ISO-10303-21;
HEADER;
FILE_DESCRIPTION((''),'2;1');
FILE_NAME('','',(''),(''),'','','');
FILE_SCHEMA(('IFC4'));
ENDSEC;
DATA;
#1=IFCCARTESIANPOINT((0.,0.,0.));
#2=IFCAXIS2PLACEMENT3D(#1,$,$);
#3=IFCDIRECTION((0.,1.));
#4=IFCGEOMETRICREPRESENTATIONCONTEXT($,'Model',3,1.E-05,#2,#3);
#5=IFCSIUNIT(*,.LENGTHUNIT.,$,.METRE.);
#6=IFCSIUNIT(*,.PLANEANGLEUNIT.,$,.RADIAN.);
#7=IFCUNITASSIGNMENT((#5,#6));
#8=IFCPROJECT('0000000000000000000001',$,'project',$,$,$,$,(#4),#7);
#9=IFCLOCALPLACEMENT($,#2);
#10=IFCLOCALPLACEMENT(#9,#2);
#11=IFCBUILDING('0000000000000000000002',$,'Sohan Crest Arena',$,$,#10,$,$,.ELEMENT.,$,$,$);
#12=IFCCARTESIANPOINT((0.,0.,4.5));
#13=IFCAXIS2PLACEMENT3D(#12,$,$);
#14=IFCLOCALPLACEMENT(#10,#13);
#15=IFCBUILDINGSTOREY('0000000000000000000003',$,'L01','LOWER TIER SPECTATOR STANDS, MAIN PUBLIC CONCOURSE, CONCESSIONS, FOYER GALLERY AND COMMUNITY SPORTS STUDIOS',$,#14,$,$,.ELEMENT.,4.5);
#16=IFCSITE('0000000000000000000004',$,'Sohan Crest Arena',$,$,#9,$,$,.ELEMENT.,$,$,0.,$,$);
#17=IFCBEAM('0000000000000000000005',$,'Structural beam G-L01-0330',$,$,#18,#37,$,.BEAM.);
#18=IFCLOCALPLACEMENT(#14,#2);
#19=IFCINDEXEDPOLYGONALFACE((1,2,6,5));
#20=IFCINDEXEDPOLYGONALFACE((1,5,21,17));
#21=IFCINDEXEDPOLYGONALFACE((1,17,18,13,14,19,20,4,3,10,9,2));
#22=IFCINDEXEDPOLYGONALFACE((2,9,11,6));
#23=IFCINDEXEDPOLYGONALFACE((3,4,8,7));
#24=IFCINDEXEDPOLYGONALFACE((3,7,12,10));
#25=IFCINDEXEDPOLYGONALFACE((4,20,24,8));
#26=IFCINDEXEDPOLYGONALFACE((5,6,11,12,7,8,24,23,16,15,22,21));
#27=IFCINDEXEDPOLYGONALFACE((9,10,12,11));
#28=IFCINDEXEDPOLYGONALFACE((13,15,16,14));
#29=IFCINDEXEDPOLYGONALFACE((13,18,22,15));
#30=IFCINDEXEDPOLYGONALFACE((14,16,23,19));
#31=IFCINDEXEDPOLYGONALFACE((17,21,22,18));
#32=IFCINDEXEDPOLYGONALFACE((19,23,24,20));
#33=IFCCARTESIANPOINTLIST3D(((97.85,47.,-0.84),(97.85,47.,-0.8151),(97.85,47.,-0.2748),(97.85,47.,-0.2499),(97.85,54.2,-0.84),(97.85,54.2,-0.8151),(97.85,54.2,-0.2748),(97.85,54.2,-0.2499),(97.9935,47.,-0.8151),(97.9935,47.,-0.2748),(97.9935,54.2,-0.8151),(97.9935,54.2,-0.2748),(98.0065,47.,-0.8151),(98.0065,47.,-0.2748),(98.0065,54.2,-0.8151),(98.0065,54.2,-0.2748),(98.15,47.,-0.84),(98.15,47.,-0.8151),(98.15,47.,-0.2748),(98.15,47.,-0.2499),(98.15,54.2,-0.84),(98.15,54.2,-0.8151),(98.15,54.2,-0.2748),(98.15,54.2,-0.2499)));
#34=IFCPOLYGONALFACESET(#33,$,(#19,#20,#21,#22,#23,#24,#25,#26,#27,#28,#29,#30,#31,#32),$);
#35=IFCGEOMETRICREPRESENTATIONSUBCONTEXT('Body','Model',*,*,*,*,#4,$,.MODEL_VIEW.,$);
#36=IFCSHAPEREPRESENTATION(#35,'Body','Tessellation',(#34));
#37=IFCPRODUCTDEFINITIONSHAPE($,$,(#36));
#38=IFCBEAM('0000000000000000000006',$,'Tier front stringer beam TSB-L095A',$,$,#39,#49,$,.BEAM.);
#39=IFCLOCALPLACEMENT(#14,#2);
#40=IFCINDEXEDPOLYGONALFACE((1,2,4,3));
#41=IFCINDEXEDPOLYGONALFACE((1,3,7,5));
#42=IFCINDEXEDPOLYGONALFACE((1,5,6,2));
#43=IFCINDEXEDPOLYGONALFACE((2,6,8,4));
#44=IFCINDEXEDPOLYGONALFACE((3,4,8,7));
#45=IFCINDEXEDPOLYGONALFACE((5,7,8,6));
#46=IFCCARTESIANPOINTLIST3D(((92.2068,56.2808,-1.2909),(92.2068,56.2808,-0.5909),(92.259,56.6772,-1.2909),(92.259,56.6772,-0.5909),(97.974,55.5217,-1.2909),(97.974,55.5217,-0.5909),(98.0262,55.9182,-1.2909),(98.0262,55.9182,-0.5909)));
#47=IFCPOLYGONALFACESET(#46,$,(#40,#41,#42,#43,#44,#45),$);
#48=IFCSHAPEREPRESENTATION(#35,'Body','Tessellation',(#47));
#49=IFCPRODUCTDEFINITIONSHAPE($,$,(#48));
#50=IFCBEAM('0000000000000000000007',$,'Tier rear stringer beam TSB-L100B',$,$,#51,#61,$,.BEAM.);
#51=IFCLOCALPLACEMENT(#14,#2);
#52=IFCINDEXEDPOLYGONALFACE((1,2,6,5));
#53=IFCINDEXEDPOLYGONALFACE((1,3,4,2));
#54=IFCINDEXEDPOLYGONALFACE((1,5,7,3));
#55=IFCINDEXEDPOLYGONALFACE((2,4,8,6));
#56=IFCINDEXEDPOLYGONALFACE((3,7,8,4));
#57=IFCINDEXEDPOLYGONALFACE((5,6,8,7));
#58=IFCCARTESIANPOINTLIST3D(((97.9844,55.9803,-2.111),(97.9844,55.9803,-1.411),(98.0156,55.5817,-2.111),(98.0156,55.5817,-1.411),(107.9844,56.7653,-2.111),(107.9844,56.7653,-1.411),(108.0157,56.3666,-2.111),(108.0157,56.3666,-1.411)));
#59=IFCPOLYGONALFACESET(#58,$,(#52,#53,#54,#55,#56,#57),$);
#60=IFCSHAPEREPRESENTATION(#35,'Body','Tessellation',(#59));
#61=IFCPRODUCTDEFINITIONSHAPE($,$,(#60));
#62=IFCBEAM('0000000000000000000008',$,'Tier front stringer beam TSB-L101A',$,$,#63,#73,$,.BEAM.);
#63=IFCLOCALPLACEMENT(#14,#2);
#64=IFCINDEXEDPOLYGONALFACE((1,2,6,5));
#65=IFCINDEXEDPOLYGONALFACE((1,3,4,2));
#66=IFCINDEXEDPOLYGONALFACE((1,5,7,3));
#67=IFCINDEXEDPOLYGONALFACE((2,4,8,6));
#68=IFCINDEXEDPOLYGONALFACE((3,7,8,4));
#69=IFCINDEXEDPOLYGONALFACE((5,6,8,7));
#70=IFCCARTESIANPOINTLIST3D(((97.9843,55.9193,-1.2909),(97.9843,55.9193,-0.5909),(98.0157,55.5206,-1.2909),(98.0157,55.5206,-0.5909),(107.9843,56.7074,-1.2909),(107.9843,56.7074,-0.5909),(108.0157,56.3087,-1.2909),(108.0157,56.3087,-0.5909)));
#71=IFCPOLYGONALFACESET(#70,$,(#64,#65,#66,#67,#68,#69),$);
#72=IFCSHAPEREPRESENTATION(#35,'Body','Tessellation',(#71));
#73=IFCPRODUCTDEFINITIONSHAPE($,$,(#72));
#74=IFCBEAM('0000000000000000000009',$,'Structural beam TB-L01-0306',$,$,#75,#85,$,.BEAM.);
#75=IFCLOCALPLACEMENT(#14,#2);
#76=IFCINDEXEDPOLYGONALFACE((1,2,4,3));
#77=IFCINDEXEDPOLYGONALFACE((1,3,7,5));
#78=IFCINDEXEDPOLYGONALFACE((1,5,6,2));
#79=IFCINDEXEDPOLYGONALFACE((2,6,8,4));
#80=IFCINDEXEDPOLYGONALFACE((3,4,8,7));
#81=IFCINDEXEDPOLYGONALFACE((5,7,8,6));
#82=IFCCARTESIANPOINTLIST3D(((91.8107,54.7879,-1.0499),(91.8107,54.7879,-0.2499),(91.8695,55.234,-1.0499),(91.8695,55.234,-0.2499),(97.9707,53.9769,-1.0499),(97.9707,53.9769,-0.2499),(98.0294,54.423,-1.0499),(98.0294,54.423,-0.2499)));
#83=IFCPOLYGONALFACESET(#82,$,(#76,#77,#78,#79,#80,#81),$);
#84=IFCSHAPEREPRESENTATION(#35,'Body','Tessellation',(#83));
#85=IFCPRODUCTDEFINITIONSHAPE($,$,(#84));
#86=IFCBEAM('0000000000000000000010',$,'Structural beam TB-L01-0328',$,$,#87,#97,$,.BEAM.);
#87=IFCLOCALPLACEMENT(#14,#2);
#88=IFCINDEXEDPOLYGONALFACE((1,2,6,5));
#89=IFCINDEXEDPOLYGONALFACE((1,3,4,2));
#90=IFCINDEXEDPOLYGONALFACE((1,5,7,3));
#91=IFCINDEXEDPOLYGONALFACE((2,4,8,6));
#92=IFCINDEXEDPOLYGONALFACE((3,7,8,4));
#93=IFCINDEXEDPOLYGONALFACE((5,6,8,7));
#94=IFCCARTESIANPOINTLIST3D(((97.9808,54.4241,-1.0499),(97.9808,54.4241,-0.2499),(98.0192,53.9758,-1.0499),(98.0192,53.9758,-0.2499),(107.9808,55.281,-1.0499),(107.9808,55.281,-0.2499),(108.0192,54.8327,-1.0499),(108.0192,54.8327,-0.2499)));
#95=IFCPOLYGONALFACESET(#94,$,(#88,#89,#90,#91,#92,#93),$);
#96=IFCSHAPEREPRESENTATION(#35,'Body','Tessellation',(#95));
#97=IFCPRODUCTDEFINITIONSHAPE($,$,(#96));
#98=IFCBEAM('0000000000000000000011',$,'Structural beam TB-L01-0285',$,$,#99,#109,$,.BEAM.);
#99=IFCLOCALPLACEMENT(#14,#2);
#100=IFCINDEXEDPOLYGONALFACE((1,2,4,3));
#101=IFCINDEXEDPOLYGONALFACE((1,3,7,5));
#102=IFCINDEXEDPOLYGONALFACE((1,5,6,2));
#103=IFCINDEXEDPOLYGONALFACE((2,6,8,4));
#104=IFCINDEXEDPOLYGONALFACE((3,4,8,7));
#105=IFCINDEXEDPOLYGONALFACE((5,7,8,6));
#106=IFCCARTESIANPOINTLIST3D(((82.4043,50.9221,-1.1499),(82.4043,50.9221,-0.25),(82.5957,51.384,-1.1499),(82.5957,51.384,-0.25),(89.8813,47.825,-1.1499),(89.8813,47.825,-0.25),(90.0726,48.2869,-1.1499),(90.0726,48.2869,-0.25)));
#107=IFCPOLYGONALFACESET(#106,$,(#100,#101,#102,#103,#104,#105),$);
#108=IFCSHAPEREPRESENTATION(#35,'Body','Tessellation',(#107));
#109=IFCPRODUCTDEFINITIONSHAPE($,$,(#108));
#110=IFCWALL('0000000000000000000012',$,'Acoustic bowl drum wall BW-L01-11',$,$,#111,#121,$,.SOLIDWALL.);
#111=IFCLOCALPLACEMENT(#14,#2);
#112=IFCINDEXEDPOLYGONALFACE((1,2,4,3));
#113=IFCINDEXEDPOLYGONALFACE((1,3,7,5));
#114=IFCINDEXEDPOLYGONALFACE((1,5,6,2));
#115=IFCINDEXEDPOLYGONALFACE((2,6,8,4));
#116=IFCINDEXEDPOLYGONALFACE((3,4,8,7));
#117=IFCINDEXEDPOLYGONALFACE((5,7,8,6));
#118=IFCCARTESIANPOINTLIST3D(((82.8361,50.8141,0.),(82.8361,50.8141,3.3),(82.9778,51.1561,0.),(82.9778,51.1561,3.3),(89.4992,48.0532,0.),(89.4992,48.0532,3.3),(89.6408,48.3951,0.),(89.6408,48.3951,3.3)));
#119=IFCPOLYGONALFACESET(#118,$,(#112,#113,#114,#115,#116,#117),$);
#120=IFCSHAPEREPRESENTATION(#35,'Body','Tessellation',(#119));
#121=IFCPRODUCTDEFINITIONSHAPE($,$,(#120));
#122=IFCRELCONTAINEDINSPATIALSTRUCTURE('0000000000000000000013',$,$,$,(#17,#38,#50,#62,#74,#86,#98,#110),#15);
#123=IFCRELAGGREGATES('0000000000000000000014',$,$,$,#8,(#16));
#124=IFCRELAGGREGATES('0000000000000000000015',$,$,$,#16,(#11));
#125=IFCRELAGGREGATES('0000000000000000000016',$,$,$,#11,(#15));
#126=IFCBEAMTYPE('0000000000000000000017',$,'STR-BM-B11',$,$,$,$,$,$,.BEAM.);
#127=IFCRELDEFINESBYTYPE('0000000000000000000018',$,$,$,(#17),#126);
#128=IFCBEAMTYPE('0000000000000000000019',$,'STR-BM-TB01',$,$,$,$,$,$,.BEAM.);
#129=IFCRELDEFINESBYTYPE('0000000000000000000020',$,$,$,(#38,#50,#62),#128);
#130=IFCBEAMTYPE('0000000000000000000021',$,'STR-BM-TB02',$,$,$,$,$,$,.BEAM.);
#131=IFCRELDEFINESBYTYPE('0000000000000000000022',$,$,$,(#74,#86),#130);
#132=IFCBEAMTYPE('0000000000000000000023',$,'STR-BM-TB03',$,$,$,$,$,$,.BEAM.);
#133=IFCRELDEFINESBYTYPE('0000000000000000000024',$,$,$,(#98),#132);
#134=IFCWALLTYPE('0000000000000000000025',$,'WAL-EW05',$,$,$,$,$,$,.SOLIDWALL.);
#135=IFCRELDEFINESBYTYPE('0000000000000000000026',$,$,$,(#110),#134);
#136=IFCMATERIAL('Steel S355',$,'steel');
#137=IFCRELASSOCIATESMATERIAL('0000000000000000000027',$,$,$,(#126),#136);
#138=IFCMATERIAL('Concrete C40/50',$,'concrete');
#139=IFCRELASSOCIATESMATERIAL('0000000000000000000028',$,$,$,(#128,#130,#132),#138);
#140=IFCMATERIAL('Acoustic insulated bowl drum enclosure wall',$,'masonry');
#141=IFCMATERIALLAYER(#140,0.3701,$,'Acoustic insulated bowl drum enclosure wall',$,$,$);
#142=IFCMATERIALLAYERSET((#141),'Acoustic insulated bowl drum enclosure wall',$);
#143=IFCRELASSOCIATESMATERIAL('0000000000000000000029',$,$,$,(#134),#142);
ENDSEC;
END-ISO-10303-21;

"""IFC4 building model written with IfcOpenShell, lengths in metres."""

from ifc_helpers import new_model, si_unit, direction, frame, frame_2d, origin, origin_2d, place, context, subcontext, project, spatial, rectangle, i_section, extrude, material, layer, layer_set, material_profile, profile_set, type_object, element, save


model = new_model("IFC4")

# Units and contexts
model_context = context("Model", 3, precision=1e-05, world=origin(), true_north=direction((0.0, 1.0)))
body_context = subcontext(model_context, "Body", "Model", "MODEL_VIEW")
ifc_project = project(units=[si_unit("LENGTHUNIT", "METRE"), si_unit("PLANEANGLEUNIT", "RADIAN")], contexts=[model_context])

# Site, building, storey
site_placement = place(None, origin())
site = spatial("IfcSite", under=ifc_project, at=site_placement, Name="Sohan Crest Arena", CompositionType="ELEMENT", RefElevation=0.0)
building_placement = place(site_placement, origin())
building = spatial("IfcBuilding", under=site, at=building_placement, Name="Sohan Crest Arena", CompositionType="ELEMENT")
storey_placement = place(building_placement, frame((0.0, 0.0, 4.5)))
storey = spatial("IfcBuildingStorey", under=building, at=storey_placement, Name="L01", Description="LOWER TIER SPECTATOR STANDS, MAIN PUBLIC CONCOURSE, CONCESSIONS, FOYER GALLERY AND COMMUNITY SPORTS STUDIOS", CompositionType="ELEMENT", Elevation=4.5)

# Shared definitions
ifc_material_1 = material(Name="Concrete C40/50", Category="concrete")

# Beams
ifc_material_2 = material(Name="Steel S355", Category="steel")
ifc_material_profile_1 = material_profile(ifc_material_2, i_section(OverallWidth=0.3, OverallDepth=0.5901, WebThickness=0.0129, FlangeThickness=0.0249, at=origin_2d()), Name="HEA 600")
ifc_profile_set_1 = profile_set([ifc_material_profile_1], Name="Steel S355")
beam_type_1 = type_object("IfcBeamType", Name="STR-BM-B11", PredefinedType="BEAM", material=ifc_profile_set_1)
beam_1_placement = place(storey_placement, frame((98.0, 54.2, -0.5449), z_axis=(0.0, -1.0, 0.0), x_axis=(1.0, 0.0, 0.0)))
element("IfcBeam", 1, at=beam_1_placement, inside=storey, type_object=beam_type_1, Name="Structural beam G-L01-0330", PredefinedType="BEAM", context=body_context, shape_type="SweptSolid", body=[
    extrude(i_section(OverallWidth=0.3, OverallDepth=0.5901, WebThickness=0.0129, FlangeThickness=0.0249, at=origin_2d()), origin(), (0.0, 0.0, 1.0), 7.2),
])
ifc_material_profile_2 = material_profile(ifc_material_1, rectangle(XDim=0.3999, YDim=0.7, at=origin_2d()), Name="RC-BM 400x700")
ifc_profile_set_2 = profile_set([ifc_material_profile_2], Name="Concrete C40/50")
beam_type_2 = type_object("IfcBeamType", Name="STR-BM-TB01", PredefinedType="BEAM", material=ifc_profile_set_2)
beam_2_placement = place(storey_placement, frame((92.2329, 56.479, -0.9409), z_axis=(0.99145, -0.130489, 0.0), x_axis=(0.130489, 0.99145, 0.0)))
element("IfcBeam", 2, at=beam_2_placement, inside=storey, type_object=beam_type_2, Name="Tier front stringer beam TSB-L095A", PredefinedType="BEAM", context=body_context, shape_type="SweptSolid", body=[
    extrude(rectangle(XDim=0.3999, YDim=0.7, at=origin_2d()), origin(), (0.0, 0.0, 1.0), 5.8169),
])
beam_3_placement = place(storey_placement, frame((98.0, 55.781, -1.761), z_axis=(0.996934, 0.078251, 0.0), x_axis=(-0.078251, 0.996934, 0.0)))
element("IfcBeam", 3, at=beam_3_placement, inside=storey, type_object=beam_type_2, Name="Tier rear stringer beam TSB-L100B", PredefinedType="BEAM", context=body_context, shape_type="SweptSolid", body=[
    extrude(rectangle(XDim=0.3999, YDim=0.7, at=origin_2d()), origin(), (0.0, 0.0, 1.0), 10.0308),
])
beam_4_placement = place(storey_placement, frame((98.0, 55.72, -0.9409), z_axis=(0.996909, 0.078565, 0.0), x_axis=(-0.078565, 0.996909, 0.0)))
element("IfcBeam", 4, at=beam_4_placement, inside=storey, type_object=beam_type_2, Name="Tier front stringer beam TSB-L101A", PredefinedType="BEAM", context=body_context, shape_type="SweptSolid", body=[
    extrude(rectangle(XDim=0.3999, YDim=0.7, at=origin_2d()), origin(), (0.0, 0.0, 1.0), 10.031),
])
ifc_material_profile_3 = material_profile(ifc_material_1, rectangle(XDim=0.45, YDim=0.8, at=origin_2d()), Name="RC-BM 450x800")
ifc_profile_set_3 = profile_set([ifc_material_profile_3], Name="Concrete C40/50")
beam_type_3 = type_object("IfcBeamType", Name="STR-BM-TB02", PredefinedType="BEAM", material=ifc_profile_set_3)
beam_5_placement = place(storey_placement, frame((91.8401, 55.011, -0.6499), z_axis=(0.991443, -0.130537, 0.0), x_axis=(0.130537, 0.991443, 0.0)))
element("IfcBeam", 5, at=beam_5_placement, inside=storey, type_object=beam_type_3, Name="Structural beam TB-L01-0306", PredefinedType="BEAM", context=body_context, shape_type="SweptSolid", body=[
    extrude(rectangle(XDim=0.45, YDim=0.8, at=origin_2d()), origin(), (0.0, 0.0, 1.0), 6.2131),
])
beam_6_placement = place(storey_placement, frame((98.0, 54.2, -0.6499), z_axis=(0.996348, 0.08538, 0.0), x_axis=(-0.08538, 0.996348, 0.0)))
element("IfcBeam", 6, at=beam_6_placement, inside=storey, type_object=beam_type_3, Name="Structural beam TB-L01-0328", PredefinedType="BEAM", context=body_context, shape_type="SweptSolid", body=[
    extrude(rectangle(XDim=0.45, YDim=0.8, at=origin_2d()), origin(), (0.0, 0.0, 1.0), 10.0366),
])
ifc_material_profile_4 = material_profile(ifc_material_1, rectangle(XDim=0.5, YDim=0.8999, at=origin_2d()), Name="RC-BM 500x900")
ifc_profile_set_4 = profile_set([ifc_material_profile_4], Name="Concrete C40/50")
beam_type_4 = type_object("IfcBeamType", Name="STR-BM-TB03", PredefinedType="BEAM", material=ifc_profile_set_4)
beam_7_placement = place(storey_placement, frame((82.5, 51.1531, -0.7), z_axis=(0.923876, -0.382691, 0.0), x_axis=(0.382691, 0.923876, 0.0)))
element("IfcBeam", 7, at=beam_7_placement, inside=storey, type_object=beam_type_4, Name="Structural beam TB-L01-0285", PredefinedType="BEAM", context=body_context, shape_type="SweptSolid", body=[
    extrude(rectangle(XDim=0.5, YDim=0.8999, at=origin_2d()), origin(), (0.0, 0.0, 1.0), 8.093),
])

# Wall
ifc_material_3 = material(Name="Acoustic insulated bowl drum enclosure wall", Category="masonry")
ifc_layer = layer(ifc_material_3, 0.3701, Name="Acoustic insulated bowl drum enclosure wall")
ifc_layer_set = layer_set([ifc_layer], Name="Acoustic insulated bowl drum enclosure wall")
wall_type = type_object("IfcWallType", Name="WAL-EW05", PredefinedType="SOLIDWALL", material=ifc_layer_set)
wall_placement = place(storey_placement, frame((82.907, 50.9851, 0.0), z_axis=(0.0, 0.0, 1.0), x_axis=(0.923828, -0.382807, 0.0)))
element("IfcWall", 8, at=wall_placement, inside=storey, type_object=wall_type, Name="Acoustic bowl drum wall BW-L01-11", PredefinedType="SOLIDWALL", context=body_context, shape_type="SweptSolid", body=[
    extrude(rectangle(XDim=7.2124, YDim=0.3701, at=frame_2d((3.6062, 0.0))), origin(), (0.0, 0.0, 1.0), 3.3),
])

save(model, "model.ifc")
